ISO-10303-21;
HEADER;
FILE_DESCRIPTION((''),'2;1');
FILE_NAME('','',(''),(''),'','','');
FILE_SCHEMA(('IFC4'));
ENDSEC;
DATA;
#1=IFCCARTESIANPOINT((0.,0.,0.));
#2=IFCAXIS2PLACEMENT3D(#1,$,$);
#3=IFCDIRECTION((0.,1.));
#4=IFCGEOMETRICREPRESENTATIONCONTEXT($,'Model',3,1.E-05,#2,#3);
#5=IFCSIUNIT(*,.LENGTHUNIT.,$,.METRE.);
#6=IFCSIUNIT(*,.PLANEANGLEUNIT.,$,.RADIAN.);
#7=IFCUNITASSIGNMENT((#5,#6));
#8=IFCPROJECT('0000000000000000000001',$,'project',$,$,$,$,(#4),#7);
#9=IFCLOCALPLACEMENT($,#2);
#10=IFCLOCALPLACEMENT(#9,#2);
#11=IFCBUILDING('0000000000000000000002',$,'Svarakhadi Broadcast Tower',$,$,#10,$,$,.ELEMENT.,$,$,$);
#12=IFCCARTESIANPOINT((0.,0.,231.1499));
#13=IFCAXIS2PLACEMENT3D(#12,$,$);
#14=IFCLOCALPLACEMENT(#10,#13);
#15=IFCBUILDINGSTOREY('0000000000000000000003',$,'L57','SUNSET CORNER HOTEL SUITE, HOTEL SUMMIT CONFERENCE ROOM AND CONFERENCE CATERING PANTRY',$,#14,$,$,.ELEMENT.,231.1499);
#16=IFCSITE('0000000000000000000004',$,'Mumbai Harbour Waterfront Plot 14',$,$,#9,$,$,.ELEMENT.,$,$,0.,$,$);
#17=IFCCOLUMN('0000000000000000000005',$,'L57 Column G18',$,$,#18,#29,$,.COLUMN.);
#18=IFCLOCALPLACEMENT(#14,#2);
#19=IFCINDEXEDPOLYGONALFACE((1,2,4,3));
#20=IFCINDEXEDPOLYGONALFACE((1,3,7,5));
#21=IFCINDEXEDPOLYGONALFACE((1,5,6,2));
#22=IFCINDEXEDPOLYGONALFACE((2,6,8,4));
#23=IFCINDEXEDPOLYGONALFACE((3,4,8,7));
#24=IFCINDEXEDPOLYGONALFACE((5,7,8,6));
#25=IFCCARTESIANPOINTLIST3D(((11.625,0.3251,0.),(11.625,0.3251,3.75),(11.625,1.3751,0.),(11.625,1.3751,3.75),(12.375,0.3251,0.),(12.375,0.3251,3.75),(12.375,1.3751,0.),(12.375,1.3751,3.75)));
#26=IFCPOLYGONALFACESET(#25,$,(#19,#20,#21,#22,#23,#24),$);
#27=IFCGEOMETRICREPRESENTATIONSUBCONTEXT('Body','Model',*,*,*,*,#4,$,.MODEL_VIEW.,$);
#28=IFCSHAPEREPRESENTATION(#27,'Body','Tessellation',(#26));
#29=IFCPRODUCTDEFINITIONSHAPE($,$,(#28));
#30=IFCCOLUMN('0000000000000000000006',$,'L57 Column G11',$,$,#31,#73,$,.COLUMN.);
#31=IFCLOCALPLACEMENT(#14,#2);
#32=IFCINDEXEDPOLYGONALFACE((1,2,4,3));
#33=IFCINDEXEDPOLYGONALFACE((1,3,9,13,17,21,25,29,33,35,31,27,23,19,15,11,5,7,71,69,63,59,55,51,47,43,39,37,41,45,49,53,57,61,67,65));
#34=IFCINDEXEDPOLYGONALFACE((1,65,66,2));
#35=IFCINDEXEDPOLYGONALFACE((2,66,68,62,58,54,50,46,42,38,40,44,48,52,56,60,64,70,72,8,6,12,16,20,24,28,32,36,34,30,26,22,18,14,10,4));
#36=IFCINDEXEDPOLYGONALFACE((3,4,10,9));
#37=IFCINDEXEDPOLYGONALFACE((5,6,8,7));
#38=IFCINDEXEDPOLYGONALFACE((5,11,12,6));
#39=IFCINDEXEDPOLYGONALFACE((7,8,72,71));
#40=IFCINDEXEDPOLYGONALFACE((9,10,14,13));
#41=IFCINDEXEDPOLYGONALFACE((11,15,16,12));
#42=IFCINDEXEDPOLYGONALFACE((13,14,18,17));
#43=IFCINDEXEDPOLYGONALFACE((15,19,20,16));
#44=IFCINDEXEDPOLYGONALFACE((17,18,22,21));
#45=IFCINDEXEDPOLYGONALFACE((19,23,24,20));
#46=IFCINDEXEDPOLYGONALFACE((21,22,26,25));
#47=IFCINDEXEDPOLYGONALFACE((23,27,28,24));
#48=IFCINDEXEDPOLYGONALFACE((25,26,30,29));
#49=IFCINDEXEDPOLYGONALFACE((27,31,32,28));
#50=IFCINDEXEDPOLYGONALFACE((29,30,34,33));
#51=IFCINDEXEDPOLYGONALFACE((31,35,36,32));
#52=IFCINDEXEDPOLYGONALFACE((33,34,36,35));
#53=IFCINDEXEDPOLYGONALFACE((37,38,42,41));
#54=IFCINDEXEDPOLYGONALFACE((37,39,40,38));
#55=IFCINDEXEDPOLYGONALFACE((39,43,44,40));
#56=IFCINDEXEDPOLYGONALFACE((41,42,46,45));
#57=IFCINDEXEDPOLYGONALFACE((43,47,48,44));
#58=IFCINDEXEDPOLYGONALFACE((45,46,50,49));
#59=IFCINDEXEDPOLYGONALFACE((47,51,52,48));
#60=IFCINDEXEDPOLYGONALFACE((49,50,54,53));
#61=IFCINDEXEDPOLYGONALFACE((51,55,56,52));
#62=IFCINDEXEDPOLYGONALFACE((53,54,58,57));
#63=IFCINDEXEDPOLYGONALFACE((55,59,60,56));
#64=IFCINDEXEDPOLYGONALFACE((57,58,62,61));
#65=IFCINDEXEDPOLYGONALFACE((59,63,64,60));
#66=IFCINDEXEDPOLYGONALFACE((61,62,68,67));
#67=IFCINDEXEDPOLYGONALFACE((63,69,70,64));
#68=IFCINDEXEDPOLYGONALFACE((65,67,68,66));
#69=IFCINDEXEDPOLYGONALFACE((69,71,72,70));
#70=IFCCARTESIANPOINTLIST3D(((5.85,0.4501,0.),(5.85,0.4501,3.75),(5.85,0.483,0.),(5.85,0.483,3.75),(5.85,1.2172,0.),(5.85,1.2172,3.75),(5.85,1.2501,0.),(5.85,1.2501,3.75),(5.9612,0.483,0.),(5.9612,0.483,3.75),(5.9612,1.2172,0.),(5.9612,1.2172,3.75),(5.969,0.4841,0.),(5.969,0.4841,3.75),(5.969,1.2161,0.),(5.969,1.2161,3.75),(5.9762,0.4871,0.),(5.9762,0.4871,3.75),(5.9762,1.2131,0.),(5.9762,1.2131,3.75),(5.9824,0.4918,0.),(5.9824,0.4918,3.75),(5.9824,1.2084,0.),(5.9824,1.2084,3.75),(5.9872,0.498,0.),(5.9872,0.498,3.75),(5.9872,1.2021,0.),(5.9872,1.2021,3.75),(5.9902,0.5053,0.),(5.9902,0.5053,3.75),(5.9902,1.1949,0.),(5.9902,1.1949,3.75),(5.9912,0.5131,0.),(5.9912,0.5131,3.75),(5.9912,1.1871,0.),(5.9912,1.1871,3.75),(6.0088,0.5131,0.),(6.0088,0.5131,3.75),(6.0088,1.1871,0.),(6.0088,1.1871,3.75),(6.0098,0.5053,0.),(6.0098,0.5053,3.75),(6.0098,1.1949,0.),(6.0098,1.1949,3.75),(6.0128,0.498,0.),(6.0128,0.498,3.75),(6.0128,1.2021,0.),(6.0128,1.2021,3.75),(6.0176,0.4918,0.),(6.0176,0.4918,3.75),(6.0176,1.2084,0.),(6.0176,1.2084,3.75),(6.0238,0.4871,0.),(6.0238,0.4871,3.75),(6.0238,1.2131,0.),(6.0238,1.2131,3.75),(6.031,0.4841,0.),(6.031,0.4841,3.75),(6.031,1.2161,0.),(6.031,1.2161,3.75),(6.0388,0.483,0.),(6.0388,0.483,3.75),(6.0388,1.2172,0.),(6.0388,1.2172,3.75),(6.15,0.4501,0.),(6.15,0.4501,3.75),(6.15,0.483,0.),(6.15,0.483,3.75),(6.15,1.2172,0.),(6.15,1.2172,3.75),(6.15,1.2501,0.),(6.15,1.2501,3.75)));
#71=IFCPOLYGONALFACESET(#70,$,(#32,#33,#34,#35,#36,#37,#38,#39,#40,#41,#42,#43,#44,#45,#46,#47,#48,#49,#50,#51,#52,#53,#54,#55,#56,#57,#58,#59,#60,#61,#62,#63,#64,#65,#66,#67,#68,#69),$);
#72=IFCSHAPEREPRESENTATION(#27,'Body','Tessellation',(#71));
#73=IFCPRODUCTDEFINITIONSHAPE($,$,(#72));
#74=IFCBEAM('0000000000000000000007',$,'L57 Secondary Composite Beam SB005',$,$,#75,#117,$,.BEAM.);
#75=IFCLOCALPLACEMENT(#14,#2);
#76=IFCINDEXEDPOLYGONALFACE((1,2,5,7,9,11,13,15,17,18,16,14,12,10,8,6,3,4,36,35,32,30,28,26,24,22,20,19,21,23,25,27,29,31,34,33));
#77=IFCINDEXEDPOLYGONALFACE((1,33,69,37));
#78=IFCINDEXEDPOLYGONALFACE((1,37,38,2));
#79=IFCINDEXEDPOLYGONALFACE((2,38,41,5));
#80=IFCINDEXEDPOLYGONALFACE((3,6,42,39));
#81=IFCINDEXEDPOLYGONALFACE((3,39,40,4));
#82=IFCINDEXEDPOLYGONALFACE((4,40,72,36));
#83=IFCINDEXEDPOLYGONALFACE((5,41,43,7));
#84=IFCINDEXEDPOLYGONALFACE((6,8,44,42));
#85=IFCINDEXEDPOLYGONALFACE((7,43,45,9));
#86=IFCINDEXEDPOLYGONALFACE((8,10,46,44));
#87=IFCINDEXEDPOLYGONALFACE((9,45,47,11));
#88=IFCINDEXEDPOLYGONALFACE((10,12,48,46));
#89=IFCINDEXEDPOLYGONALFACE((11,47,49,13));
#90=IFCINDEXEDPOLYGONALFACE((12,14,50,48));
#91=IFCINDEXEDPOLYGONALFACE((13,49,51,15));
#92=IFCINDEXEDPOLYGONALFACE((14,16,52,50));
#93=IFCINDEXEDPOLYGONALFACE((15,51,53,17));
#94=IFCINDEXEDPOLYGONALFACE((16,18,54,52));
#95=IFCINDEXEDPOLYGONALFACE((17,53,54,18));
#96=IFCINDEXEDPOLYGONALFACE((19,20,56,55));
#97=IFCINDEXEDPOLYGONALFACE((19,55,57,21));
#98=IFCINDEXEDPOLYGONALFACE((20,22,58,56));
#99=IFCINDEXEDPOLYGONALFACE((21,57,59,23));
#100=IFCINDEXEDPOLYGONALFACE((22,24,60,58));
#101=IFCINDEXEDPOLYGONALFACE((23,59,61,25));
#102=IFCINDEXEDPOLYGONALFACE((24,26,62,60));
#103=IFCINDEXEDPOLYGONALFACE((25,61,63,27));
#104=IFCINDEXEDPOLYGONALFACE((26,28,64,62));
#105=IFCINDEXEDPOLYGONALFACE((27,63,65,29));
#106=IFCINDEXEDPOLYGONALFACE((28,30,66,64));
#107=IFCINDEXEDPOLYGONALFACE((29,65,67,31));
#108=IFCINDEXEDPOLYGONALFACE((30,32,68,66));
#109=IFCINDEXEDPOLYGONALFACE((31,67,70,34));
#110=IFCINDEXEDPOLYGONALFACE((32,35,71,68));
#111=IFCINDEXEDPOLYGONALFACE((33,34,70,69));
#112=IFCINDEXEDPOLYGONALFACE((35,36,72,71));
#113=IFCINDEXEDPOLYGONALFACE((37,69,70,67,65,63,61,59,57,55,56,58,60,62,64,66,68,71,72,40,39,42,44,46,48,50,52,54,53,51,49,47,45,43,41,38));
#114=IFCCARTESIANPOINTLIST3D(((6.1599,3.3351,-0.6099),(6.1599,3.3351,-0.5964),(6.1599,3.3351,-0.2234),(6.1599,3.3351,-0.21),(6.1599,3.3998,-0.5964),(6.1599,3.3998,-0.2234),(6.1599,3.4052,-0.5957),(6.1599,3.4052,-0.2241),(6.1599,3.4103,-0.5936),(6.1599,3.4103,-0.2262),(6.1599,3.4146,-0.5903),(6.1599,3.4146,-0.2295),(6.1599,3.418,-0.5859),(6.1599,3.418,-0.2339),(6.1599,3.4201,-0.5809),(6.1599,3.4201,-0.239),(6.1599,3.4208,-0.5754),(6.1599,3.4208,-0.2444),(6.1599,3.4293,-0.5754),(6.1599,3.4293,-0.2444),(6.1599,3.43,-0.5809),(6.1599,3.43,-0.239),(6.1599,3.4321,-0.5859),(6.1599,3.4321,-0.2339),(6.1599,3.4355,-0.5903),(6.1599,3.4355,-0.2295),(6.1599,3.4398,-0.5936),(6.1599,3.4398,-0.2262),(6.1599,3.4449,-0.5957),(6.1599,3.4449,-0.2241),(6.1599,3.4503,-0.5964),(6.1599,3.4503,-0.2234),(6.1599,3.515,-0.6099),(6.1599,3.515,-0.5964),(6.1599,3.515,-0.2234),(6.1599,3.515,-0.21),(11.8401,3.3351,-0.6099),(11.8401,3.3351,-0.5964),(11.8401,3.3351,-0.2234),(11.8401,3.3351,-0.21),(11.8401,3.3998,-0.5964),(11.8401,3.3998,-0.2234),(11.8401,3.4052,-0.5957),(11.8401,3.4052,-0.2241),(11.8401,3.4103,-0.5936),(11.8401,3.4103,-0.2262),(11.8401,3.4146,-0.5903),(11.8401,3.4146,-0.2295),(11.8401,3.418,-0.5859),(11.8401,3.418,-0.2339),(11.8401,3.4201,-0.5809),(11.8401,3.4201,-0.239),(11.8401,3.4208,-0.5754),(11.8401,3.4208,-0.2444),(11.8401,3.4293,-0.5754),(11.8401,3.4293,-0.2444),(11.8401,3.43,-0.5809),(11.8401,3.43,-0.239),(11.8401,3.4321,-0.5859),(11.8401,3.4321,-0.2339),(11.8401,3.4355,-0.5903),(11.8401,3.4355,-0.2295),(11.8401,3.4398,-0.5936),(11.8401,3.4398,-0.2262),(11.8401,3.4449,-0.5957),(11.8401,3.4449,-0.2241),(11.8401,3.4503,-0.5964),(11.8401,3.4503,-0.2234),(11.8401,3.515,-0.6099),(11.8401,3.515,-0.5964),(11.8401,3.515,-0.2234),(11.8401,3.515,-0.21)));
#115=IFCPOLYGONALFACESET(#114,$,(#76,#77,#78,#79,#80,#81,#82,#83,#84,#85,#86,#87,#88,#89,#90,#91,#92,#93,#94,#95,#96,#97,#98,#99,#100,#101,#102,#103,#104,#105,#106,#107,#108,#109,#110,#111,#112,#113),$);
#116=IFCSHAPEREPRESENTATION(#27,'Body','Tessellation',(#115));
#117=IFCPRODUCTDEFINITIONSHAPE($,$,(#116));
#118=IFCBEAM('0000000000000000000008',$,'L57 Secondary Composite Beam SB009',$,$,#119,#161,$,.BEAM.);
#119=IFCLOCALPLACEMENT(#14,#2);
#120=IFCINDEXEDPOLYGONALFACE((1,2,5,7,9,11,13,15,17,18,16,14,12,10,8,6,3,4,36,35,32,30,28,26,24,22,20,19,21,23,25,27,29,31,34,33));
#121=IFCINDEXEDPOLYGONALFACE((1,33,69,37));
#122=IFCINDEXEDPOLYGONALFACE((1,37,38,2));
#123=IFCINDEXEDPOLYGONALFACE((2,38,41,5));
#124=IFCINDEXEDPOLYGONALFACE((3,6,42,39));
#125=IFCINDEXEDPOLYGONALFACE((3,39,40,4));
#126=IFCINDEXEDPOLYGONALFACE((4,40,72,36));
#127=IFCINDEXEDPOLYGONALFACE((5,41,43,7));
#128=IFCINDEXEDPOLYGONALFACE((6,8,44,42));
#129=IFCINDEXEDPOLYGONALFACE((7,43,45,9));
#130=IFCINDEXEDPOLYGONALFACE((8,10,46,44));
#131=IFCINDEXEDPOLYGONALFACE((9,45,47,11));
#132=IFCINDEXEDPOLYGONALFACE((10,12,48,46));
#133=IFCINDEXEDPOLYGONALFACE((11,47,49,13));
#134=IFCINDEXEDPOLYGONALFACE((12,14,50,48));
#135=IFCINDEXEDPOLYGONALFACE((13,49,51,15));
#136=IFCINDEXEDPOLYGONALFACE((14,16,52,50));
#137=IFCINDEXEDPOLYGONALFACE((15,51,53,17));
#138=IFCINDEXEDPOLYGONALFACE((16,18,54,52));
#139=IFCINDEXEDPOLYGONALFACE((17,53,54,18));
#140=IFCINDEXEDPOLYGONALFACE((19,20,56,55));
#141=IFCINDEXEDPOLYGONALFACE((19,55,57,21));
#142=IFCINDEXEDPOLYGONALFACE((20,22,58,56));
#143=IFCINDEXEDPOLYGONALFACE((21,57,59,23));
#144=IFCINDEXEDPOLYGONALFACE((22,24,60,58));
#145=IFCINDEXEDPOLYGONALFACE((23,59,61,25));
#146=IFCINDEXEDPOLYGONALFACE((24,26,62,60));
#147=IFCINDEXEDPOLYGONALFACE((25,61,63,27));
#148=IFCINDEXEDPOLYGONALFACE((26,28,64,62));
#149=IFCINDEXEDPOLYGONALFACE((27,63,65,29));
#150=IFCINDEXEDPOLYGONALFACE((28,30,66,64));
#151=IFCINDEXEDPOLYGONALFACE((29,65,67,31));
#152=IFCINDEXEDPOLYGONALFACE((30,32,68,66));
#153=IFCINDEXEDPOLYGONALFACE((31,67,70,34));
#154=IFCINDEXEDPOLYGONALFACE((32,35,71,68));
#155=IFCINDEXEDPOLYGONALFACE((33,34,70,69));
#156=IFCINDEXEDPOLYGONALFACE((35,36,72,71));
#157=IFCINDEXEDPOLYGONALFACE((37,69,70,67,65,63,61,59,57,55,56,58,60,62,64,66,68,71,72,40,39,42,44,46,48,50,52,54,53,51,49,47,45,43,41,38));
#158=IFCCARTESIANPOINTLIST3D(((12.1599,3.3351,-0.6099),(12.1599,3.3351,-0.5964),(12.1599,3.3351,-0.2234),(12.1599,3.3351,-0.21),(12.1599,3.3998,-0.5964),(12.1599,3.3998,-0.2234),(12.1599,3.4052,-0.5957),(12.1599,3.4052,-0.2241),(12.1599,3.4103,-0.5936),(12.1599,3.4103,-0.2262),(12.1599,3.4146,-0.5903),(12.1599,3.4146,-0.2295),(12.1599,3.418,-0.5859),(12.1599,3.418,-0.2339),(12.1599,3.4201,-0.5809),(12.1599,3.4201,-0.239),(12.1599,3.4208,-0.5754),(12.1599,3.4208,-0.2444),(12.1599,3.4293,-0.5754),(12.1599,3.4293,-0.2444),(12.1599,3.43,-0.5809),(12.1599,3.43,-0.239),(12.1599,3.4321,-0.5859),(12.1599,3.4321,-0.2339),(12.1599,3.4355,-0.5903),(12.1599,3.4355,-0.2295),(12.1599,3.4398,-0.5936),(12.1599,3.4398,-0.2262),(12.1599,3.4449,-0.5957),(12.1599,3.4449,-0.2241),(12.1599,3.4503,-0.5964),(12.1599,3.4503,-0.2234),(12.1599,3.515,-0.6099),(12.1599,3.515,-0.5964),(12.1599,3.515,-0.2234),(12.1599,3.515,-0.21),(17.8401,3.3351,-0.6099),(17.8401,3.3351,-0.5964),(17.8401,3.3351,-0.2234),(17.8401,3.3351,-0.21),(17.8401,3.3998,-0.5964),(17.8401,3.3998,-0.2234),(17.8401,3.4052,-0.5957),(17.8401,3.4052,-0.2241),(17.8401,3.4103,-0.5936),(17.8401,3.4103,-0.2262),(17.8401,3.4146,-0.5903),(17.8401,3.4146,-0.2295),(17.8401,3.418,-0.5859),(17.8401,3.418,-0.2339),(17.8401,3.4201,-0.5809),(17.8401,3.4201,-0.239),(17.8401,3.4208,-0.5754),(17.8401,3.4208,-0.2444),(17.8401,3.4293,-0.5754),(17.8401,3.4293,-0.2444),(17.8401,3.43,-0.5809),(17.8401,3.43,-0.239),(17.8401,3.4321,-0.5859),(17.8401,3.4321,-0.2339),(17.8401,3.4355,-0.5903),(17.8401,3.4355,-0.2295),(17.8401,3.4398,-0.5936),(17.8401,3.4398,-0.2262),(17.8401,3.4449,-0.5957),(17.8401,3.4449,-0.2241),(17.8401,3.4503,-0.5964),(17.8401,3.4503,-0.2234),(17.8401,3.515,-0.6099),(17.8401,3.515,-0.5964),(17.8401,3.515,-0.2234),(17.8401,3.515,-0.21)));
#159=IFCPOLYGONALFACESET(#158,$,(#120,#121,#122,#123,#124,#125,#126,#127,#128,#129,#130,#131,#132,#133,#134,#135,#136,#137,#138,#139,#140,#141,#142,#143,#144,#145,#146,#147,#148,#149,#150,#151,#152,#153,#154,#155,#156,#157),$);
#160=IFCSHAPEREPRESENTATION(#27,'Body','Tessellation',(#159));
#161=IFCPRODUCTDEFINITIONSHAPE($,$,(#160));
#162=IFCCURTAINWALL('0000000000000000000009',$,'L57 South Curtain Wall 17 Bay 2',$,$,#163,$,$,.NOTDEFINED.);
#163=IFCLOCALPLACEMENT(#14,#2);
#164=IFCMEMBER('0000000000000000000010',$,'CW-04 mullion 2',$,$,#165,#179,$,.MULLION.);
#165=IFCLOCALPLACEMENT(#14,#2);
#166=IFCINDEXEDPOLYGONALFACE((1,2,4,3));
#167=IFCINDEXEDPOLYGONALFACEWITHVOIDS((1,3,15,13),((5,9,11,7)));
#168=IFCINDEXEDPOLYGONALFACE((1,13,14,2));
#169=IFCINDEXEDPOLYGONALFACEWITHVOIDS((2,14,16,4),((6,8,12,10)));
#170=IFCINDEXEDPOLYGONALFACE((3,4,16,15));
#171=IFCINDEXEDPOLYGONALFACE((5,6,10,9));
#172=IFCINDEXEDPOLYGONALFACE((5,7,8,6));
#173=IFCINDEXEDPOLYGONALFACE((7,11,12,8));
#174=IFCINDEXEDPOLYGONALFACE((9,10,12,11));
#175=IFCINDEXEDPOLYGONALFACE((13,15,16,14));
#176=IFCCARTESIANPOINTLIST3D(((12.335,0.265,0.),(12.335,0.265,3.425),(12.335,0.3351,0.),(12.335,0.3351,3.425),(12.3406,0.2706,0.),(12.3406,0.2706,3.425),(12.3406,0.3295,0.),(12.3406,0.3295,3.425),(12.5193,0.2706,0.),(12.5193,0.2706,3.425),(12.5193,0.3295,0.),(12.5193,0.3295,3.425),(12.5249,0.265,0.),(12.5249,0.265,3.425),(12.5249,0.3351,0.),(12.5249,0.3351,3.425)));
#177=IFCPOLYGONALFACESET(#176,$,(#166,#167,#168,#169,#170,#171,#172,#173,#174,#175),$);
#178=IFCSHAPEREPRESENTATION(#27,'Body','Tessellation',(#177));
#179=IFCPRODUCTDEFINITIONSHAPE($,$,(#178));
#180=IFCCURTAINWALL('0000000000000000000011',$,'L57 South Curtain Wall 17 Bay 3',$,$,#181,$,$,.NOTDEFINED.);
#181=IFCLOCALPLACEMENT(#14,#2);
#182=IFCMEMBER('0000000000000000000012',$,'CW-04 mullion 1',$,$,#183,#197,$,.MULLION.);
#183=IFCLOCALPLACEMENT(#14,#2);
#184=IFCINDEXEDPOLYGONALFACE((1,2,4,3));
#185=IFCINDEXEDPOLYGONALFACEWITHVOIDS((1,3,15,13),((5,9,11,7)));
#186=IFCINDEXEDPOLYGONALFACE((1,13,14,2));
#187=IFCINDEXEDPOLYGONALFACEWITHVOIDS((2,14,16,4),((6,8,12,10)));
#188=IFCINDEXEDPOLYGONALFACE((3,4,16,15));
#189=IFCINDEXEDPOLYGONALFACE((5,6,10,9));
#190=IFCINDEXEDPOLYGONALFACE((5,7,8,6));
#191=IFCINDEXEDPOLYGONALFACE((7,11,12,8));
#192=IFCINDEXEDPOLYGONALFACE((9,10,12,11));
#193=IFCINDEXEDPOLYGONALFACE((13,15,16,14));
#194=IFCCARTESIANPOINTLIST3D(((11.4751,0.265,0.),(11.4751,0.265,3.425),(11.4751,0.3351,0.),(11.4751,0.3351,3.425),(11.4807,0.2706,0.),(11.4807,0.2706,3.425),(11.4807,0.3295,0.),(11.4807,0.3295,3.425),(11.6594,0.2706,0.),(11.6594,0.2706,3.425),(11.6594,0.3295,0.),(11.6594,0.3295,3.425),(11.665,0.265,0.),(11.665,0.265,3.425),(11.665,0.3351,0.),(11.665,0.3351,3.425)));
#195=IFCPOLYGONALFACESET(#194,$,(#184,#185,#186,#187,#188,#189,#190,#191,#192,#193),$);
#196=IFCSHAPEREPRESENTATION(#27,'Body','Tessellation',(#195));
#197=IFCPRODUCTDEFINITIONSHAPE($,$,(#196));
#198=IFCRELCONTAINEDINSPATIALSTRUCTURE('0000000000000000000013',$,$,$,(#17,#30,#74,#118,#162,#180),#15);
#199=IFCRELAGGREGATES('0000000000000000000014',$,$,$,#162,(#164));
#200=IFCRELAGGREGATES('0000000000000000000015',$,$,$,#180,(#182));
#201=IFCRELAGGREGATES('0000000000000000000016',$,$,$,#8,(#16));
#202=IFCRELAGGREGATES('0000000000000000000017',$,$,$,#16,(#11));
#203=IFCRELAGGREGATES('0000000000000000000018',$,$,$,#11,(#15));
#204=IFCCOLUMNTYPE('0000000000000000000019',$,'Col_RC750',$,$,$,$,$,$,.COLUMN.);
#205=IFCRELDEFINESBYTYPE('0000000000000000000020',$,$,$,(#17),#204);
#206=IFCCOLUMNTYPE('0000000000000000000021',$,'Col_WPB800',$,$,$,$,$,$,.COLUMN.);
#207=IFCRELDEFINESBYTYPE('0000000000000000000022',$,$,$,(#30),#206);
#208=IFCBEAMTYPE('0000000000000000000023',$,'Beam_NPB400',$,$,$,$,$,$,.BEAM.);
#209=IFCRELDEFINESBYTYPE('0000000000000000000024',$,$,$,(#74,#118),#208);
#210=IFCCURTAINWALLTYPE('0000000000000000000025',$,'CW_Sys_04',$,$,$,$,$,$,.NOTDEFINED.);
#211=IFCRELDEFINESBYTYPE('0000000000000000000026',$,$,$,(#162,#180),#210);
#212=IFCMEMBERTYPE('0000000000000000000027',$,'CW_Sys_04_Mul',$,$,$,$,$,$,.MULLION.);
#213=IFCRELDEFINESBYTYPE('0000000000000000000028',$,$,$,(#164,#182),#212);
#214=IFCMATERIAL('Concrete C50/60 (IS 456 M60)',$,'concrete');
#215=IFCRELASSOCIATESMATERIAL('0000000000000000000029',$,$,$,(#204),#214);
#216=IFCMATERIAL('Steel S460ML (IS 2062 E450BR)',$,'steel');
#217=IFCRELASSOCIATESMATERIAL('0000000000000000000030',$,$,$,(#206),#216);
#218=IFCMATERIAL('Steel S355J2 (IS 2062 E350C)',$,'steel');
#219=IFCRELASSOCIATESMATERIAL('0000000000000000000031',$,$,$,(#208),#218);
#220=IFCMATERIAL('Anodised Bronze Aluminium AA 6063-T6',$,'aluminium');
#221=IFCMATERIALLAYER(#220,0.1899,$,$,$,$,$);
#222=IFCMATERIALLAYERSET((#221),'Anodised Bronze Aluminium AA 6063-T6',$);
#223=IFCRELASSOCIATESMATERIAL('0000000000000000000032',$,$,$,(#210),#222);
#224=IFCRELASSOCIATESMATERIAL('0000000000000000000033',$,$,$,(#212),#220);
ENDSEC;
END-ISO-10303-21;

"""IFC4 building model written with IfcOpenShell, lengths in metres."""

from ifc_helpers import new_model, si_unit, direction, frame, origin, origin_2d, place, context, subcontext, project, spatial, rectangle, hollow_rectangle, i_section, extrude, material, layer, layer_set, material_profile, profile_set, type_object, element, aggregate, save


model = new_model("IFC4")

# Units and contexts
model_context = context("Model", 3, precision=1e-05, world=origin(), true_north=direction((0.0, 1.0)))
body_context = subcontext(model_context, "Body", "Model", "MODEL_VIEW")
ifc_project = project(units=[si_unit("LENGTHUNIT", "METRE"), si_unit("PLANEANGLEUNIT", "RADIAN")], contexts=[model_context])

# Site, building, storey
site_placement = place(None, origin())
site = spatial("IfcSite", under=ifc_project, at=site_placement, Name="Mumbai Harbour Waterfront Plot 14", CompositionType="ELEMENT", RefElevation=0.0)
building_placement = place(site_placement, origin())
building = spatial("IfcBuilding", under=site, at=building_placement, Name="Svarakhadi Broadcast Tower", CompositionType="ELEMENT")
storey_placement = place(building_placement, frame((0.0, 0.0, 231.1499)))
storey = spatial("IfcBuildingStorey", under=building, at=storey_placement, Name="L57", Description="SUNSET CORNER HOTEL SUITE, HOTEL SUMMIT CONFERENCE ROOM AND CONFERENCE CATERING PANTRY", CompositionType="ELEMENT", Elevation=231.1499)

# Columns
ifc_material_1 = material(Name="Concrete C50/60 (IS 456 M60)", Category="concrete")
ifc_material_profile_1 = material_profile(ifc_material_1, rectangle(XDim=0.75, YDim=1.05, at=origin_2d()), Name="RC 750x1050")
ifc_profile_set_1 = profile_set([ifc_material_profile_1], Name="Concrete C50/60 (IS 456 M60)")
column_type_1 = type_object("IfcColumnType", Name="Col_RC750", PredefinedType="COLUMN", material=ifc_profile_set_1)
column_1_placement = place(storey_placement, frame((12.0, 0.8501, 0.0), z_axis=(0.0, 0.0, 1.0), x_axis=(1.0, 0.0, 0.0)))
element("IfcColumn", 1, at=column_1_placement, inside=storey, type_object=column_type_1, Name="L57 Column G18", PredefinedType="COLUMN", context=body_context, shape_type="SweptSolid", body=[
    extrude(rectangle(XDim=0.75, YDim=1.05, at=origin_2d()), origin(), (0.0, 0.0, 1.0), 3.75),
])
ifc_material_2 = material(Name="Steel S460ML (IS 2062 E450BR)", Category="steel")
ifc_material_profile_2 = material_profile(ifc_material_2, i_section(OverallWidth=0.3, OverallDepth=0.8, WebThickness=0.0176, FlangeThickness=0.033, FilletRadius=0.03, at=origin_2d()), Name="WPB 800x300x262")
ifc_profile_set_2 = profile_set([ifc_material_profile_2], Name="Steel S460ML (IS 2062 E450BR)")
column_type_2 = type_object("IfcColumnType", Name="Col_WPB800", PredefinedType="COLUMN", material=ifc_profile_set_2)
column_2_placement = place(storey_placement, frame((6.0, 0.8501, 0.0), z_axis=(0.0, 0.0, 1.0), x_axis=(1.0, 0.0, 0.0)))
element("IfcColumn", 2, at=column_2_placement, inside=storey, type_object=column_type_2, Name="L57 Column G11", PredefinedType="COLUMN", context=body_context, shape_type="SweptSolid", body=[
    extrude(i_section(OverallWidth=0.3, OverallDepth=0.8, WebThickness=0.0176, FlangeThickness=0.033, FilletRadius=0.03, at=origin_2d()), origin(), (0.0, 0.0, 1.0), 3.75),
])

# Beams
ifc_material_3 = material(Name="Steel S355J2 (IS 2062 E350C)", Category="steel")
ifc_material_profile_3 = material_profile(ifc_material_3, i_section(OverallWidth=0.1799, OverallDepth=0.3999, WebThickness=0.0085, FlangeThickness=0.0134, FilletRadius=0.021, at=origin_2d()), Name="NPB 400x180x66")
ifc_profile_set_3 = profile_set([ifc_material_profile_3], Name="Steel S355J2 (IS 2062 E350C)")
beam_type_1 = type_object("IfcBeamType", Name="Beam_NPB400", PredefinedType="BEAM", material=ifc_profile_set_3)
for number, where, z_axis, x_axis, name in (
    (3, (6.1599, 3.425, -0.4099), (1.0, 0.0, 0.0), (0.0, 1.0, 0.0), "L57 Secondary Composite Beam SB005"),
    (4, (12.1599, 3.425, -0.4099), (1.0, 0.0, 0.0), (0.0, 1.0, 0.0), "L57 Secondary Composite Beam SB009"),
):
    element("IfcBeam", number, at=place(storey_placement, frame(where, z_axis=z_axis, x_axis=x_axis)), inside=storey, type_object=beam_type_1, Name=name, PredefinedType="BEAM", context=body_context, shape_type="SweptSolid", body=[
        extrude(i_section(OverallWidth=0.1799, OverallDepth=0.3999, WebThickness=0.0085, FlangeThickness=0.0134, FilletRadius=0.021, at=origin_2d()), origin(), (0.0, 0.0, 1.0), 5.6802),
    ])

# Curtain wall, member
ifc_material_4 = material(Name="Anodised Bronze Aluminium AA 6063-T6", Category="aluminium")
ifc_layer_1 = layer(ifc_material_4, 0.1899)
ifc_layer_set_1 = layer_set([ifc_layer_1], Name="Anodised Bronze Aluminium AA 6063-T6")
curtain_wall_type = type_object("IfcCurtainWallType", Name="CW_Sys_04", PredefinedType="NOTDEFINED", material=ifc_layer_set_1)
curtain_wall_1_placement = place(storey_placement, origin())
curtain_wall_1 = element("IfcCurtainWall", 5, at=curtain_wall_1_placement, inside=storey, type_object=curtain_wall_type, Name="L57 South Curtain Wall 17 Bay 2", PredefinedType="NOTDEFINED")
ifc_material_profile_4 = material_profile(ifc_material_4, hollow_rectangle(XDim=0.0701, YDim=0.1899, WallThickness=0.0056, at=origin_2d()), Name="ALU MULLION 190x70x6")
ifc_profile_set_4 = profile_set([ifc_material_profile_4], Name="Anodised Bronze Aluminium AA 6063-T6")
member_type_1 = type_object("IfcMemberType", Name="CW_Sys_04_Mul", PredefinedType="MULLION", material=ifc_profile_set_4)
member_1_placement = place(storey_placement, frame((12.4299, 0.3, 0.0), z_axis=(0.0, 0.0, 1.0), x_axis=(0.0, -1.0, 0.0)))
member_1 = element("IfcMember", 6, at=member_1_placement, type_object=member_type_1, Name="CW-04 mullion 2", PredefinedType="MULLION", context=body_context, shape_type="SweptSolid", body=[
    extrude(hollow_rectangle(XDim=0.0701, YDim=0.1899, WallThickness=0.0056, at=origin_2d()), origin(), (0.0, 0.0, 1.0), 3.425),
])
aggregate(curtain_wall_1, [member_1])

# Curtain wall, member
curtain_wall_2_placement = place(storey_placement, origin())
curtain_wall_2 = element("IfcCurtainWall", 7, at=curtain_wall_2_placement, inside=storey, type_object=curtain_wall_type, Name="L57 South Curtain Wall 17 Bay 3", PredefinedType="NOTDEFINED")
member_2_placement = place(storey_placement, frame((11.5701, 0.3, 0.0), z_axis=(0.0, 0.0, 1.0), x_axis=(0.0, -1.0, 0.0)))
member_2 = element("IfcMember", 8, at=member_2_placement, type_object=member_type_1, Name="CW-04 mullion 1", PredefinedType="MULLION", context=body_context, shape_type="SweptSolid", body=[
    extrude(hollow_rectangle(XDim=0.0701, YDim=0.1899, WallThickness=0.0056, at=origin_2d()), origin(), (0.0, 0.0, 1.0), 3.425),
])

aggregate(curtain_wall_2, [member_2])

save(model, "model.ifc")
